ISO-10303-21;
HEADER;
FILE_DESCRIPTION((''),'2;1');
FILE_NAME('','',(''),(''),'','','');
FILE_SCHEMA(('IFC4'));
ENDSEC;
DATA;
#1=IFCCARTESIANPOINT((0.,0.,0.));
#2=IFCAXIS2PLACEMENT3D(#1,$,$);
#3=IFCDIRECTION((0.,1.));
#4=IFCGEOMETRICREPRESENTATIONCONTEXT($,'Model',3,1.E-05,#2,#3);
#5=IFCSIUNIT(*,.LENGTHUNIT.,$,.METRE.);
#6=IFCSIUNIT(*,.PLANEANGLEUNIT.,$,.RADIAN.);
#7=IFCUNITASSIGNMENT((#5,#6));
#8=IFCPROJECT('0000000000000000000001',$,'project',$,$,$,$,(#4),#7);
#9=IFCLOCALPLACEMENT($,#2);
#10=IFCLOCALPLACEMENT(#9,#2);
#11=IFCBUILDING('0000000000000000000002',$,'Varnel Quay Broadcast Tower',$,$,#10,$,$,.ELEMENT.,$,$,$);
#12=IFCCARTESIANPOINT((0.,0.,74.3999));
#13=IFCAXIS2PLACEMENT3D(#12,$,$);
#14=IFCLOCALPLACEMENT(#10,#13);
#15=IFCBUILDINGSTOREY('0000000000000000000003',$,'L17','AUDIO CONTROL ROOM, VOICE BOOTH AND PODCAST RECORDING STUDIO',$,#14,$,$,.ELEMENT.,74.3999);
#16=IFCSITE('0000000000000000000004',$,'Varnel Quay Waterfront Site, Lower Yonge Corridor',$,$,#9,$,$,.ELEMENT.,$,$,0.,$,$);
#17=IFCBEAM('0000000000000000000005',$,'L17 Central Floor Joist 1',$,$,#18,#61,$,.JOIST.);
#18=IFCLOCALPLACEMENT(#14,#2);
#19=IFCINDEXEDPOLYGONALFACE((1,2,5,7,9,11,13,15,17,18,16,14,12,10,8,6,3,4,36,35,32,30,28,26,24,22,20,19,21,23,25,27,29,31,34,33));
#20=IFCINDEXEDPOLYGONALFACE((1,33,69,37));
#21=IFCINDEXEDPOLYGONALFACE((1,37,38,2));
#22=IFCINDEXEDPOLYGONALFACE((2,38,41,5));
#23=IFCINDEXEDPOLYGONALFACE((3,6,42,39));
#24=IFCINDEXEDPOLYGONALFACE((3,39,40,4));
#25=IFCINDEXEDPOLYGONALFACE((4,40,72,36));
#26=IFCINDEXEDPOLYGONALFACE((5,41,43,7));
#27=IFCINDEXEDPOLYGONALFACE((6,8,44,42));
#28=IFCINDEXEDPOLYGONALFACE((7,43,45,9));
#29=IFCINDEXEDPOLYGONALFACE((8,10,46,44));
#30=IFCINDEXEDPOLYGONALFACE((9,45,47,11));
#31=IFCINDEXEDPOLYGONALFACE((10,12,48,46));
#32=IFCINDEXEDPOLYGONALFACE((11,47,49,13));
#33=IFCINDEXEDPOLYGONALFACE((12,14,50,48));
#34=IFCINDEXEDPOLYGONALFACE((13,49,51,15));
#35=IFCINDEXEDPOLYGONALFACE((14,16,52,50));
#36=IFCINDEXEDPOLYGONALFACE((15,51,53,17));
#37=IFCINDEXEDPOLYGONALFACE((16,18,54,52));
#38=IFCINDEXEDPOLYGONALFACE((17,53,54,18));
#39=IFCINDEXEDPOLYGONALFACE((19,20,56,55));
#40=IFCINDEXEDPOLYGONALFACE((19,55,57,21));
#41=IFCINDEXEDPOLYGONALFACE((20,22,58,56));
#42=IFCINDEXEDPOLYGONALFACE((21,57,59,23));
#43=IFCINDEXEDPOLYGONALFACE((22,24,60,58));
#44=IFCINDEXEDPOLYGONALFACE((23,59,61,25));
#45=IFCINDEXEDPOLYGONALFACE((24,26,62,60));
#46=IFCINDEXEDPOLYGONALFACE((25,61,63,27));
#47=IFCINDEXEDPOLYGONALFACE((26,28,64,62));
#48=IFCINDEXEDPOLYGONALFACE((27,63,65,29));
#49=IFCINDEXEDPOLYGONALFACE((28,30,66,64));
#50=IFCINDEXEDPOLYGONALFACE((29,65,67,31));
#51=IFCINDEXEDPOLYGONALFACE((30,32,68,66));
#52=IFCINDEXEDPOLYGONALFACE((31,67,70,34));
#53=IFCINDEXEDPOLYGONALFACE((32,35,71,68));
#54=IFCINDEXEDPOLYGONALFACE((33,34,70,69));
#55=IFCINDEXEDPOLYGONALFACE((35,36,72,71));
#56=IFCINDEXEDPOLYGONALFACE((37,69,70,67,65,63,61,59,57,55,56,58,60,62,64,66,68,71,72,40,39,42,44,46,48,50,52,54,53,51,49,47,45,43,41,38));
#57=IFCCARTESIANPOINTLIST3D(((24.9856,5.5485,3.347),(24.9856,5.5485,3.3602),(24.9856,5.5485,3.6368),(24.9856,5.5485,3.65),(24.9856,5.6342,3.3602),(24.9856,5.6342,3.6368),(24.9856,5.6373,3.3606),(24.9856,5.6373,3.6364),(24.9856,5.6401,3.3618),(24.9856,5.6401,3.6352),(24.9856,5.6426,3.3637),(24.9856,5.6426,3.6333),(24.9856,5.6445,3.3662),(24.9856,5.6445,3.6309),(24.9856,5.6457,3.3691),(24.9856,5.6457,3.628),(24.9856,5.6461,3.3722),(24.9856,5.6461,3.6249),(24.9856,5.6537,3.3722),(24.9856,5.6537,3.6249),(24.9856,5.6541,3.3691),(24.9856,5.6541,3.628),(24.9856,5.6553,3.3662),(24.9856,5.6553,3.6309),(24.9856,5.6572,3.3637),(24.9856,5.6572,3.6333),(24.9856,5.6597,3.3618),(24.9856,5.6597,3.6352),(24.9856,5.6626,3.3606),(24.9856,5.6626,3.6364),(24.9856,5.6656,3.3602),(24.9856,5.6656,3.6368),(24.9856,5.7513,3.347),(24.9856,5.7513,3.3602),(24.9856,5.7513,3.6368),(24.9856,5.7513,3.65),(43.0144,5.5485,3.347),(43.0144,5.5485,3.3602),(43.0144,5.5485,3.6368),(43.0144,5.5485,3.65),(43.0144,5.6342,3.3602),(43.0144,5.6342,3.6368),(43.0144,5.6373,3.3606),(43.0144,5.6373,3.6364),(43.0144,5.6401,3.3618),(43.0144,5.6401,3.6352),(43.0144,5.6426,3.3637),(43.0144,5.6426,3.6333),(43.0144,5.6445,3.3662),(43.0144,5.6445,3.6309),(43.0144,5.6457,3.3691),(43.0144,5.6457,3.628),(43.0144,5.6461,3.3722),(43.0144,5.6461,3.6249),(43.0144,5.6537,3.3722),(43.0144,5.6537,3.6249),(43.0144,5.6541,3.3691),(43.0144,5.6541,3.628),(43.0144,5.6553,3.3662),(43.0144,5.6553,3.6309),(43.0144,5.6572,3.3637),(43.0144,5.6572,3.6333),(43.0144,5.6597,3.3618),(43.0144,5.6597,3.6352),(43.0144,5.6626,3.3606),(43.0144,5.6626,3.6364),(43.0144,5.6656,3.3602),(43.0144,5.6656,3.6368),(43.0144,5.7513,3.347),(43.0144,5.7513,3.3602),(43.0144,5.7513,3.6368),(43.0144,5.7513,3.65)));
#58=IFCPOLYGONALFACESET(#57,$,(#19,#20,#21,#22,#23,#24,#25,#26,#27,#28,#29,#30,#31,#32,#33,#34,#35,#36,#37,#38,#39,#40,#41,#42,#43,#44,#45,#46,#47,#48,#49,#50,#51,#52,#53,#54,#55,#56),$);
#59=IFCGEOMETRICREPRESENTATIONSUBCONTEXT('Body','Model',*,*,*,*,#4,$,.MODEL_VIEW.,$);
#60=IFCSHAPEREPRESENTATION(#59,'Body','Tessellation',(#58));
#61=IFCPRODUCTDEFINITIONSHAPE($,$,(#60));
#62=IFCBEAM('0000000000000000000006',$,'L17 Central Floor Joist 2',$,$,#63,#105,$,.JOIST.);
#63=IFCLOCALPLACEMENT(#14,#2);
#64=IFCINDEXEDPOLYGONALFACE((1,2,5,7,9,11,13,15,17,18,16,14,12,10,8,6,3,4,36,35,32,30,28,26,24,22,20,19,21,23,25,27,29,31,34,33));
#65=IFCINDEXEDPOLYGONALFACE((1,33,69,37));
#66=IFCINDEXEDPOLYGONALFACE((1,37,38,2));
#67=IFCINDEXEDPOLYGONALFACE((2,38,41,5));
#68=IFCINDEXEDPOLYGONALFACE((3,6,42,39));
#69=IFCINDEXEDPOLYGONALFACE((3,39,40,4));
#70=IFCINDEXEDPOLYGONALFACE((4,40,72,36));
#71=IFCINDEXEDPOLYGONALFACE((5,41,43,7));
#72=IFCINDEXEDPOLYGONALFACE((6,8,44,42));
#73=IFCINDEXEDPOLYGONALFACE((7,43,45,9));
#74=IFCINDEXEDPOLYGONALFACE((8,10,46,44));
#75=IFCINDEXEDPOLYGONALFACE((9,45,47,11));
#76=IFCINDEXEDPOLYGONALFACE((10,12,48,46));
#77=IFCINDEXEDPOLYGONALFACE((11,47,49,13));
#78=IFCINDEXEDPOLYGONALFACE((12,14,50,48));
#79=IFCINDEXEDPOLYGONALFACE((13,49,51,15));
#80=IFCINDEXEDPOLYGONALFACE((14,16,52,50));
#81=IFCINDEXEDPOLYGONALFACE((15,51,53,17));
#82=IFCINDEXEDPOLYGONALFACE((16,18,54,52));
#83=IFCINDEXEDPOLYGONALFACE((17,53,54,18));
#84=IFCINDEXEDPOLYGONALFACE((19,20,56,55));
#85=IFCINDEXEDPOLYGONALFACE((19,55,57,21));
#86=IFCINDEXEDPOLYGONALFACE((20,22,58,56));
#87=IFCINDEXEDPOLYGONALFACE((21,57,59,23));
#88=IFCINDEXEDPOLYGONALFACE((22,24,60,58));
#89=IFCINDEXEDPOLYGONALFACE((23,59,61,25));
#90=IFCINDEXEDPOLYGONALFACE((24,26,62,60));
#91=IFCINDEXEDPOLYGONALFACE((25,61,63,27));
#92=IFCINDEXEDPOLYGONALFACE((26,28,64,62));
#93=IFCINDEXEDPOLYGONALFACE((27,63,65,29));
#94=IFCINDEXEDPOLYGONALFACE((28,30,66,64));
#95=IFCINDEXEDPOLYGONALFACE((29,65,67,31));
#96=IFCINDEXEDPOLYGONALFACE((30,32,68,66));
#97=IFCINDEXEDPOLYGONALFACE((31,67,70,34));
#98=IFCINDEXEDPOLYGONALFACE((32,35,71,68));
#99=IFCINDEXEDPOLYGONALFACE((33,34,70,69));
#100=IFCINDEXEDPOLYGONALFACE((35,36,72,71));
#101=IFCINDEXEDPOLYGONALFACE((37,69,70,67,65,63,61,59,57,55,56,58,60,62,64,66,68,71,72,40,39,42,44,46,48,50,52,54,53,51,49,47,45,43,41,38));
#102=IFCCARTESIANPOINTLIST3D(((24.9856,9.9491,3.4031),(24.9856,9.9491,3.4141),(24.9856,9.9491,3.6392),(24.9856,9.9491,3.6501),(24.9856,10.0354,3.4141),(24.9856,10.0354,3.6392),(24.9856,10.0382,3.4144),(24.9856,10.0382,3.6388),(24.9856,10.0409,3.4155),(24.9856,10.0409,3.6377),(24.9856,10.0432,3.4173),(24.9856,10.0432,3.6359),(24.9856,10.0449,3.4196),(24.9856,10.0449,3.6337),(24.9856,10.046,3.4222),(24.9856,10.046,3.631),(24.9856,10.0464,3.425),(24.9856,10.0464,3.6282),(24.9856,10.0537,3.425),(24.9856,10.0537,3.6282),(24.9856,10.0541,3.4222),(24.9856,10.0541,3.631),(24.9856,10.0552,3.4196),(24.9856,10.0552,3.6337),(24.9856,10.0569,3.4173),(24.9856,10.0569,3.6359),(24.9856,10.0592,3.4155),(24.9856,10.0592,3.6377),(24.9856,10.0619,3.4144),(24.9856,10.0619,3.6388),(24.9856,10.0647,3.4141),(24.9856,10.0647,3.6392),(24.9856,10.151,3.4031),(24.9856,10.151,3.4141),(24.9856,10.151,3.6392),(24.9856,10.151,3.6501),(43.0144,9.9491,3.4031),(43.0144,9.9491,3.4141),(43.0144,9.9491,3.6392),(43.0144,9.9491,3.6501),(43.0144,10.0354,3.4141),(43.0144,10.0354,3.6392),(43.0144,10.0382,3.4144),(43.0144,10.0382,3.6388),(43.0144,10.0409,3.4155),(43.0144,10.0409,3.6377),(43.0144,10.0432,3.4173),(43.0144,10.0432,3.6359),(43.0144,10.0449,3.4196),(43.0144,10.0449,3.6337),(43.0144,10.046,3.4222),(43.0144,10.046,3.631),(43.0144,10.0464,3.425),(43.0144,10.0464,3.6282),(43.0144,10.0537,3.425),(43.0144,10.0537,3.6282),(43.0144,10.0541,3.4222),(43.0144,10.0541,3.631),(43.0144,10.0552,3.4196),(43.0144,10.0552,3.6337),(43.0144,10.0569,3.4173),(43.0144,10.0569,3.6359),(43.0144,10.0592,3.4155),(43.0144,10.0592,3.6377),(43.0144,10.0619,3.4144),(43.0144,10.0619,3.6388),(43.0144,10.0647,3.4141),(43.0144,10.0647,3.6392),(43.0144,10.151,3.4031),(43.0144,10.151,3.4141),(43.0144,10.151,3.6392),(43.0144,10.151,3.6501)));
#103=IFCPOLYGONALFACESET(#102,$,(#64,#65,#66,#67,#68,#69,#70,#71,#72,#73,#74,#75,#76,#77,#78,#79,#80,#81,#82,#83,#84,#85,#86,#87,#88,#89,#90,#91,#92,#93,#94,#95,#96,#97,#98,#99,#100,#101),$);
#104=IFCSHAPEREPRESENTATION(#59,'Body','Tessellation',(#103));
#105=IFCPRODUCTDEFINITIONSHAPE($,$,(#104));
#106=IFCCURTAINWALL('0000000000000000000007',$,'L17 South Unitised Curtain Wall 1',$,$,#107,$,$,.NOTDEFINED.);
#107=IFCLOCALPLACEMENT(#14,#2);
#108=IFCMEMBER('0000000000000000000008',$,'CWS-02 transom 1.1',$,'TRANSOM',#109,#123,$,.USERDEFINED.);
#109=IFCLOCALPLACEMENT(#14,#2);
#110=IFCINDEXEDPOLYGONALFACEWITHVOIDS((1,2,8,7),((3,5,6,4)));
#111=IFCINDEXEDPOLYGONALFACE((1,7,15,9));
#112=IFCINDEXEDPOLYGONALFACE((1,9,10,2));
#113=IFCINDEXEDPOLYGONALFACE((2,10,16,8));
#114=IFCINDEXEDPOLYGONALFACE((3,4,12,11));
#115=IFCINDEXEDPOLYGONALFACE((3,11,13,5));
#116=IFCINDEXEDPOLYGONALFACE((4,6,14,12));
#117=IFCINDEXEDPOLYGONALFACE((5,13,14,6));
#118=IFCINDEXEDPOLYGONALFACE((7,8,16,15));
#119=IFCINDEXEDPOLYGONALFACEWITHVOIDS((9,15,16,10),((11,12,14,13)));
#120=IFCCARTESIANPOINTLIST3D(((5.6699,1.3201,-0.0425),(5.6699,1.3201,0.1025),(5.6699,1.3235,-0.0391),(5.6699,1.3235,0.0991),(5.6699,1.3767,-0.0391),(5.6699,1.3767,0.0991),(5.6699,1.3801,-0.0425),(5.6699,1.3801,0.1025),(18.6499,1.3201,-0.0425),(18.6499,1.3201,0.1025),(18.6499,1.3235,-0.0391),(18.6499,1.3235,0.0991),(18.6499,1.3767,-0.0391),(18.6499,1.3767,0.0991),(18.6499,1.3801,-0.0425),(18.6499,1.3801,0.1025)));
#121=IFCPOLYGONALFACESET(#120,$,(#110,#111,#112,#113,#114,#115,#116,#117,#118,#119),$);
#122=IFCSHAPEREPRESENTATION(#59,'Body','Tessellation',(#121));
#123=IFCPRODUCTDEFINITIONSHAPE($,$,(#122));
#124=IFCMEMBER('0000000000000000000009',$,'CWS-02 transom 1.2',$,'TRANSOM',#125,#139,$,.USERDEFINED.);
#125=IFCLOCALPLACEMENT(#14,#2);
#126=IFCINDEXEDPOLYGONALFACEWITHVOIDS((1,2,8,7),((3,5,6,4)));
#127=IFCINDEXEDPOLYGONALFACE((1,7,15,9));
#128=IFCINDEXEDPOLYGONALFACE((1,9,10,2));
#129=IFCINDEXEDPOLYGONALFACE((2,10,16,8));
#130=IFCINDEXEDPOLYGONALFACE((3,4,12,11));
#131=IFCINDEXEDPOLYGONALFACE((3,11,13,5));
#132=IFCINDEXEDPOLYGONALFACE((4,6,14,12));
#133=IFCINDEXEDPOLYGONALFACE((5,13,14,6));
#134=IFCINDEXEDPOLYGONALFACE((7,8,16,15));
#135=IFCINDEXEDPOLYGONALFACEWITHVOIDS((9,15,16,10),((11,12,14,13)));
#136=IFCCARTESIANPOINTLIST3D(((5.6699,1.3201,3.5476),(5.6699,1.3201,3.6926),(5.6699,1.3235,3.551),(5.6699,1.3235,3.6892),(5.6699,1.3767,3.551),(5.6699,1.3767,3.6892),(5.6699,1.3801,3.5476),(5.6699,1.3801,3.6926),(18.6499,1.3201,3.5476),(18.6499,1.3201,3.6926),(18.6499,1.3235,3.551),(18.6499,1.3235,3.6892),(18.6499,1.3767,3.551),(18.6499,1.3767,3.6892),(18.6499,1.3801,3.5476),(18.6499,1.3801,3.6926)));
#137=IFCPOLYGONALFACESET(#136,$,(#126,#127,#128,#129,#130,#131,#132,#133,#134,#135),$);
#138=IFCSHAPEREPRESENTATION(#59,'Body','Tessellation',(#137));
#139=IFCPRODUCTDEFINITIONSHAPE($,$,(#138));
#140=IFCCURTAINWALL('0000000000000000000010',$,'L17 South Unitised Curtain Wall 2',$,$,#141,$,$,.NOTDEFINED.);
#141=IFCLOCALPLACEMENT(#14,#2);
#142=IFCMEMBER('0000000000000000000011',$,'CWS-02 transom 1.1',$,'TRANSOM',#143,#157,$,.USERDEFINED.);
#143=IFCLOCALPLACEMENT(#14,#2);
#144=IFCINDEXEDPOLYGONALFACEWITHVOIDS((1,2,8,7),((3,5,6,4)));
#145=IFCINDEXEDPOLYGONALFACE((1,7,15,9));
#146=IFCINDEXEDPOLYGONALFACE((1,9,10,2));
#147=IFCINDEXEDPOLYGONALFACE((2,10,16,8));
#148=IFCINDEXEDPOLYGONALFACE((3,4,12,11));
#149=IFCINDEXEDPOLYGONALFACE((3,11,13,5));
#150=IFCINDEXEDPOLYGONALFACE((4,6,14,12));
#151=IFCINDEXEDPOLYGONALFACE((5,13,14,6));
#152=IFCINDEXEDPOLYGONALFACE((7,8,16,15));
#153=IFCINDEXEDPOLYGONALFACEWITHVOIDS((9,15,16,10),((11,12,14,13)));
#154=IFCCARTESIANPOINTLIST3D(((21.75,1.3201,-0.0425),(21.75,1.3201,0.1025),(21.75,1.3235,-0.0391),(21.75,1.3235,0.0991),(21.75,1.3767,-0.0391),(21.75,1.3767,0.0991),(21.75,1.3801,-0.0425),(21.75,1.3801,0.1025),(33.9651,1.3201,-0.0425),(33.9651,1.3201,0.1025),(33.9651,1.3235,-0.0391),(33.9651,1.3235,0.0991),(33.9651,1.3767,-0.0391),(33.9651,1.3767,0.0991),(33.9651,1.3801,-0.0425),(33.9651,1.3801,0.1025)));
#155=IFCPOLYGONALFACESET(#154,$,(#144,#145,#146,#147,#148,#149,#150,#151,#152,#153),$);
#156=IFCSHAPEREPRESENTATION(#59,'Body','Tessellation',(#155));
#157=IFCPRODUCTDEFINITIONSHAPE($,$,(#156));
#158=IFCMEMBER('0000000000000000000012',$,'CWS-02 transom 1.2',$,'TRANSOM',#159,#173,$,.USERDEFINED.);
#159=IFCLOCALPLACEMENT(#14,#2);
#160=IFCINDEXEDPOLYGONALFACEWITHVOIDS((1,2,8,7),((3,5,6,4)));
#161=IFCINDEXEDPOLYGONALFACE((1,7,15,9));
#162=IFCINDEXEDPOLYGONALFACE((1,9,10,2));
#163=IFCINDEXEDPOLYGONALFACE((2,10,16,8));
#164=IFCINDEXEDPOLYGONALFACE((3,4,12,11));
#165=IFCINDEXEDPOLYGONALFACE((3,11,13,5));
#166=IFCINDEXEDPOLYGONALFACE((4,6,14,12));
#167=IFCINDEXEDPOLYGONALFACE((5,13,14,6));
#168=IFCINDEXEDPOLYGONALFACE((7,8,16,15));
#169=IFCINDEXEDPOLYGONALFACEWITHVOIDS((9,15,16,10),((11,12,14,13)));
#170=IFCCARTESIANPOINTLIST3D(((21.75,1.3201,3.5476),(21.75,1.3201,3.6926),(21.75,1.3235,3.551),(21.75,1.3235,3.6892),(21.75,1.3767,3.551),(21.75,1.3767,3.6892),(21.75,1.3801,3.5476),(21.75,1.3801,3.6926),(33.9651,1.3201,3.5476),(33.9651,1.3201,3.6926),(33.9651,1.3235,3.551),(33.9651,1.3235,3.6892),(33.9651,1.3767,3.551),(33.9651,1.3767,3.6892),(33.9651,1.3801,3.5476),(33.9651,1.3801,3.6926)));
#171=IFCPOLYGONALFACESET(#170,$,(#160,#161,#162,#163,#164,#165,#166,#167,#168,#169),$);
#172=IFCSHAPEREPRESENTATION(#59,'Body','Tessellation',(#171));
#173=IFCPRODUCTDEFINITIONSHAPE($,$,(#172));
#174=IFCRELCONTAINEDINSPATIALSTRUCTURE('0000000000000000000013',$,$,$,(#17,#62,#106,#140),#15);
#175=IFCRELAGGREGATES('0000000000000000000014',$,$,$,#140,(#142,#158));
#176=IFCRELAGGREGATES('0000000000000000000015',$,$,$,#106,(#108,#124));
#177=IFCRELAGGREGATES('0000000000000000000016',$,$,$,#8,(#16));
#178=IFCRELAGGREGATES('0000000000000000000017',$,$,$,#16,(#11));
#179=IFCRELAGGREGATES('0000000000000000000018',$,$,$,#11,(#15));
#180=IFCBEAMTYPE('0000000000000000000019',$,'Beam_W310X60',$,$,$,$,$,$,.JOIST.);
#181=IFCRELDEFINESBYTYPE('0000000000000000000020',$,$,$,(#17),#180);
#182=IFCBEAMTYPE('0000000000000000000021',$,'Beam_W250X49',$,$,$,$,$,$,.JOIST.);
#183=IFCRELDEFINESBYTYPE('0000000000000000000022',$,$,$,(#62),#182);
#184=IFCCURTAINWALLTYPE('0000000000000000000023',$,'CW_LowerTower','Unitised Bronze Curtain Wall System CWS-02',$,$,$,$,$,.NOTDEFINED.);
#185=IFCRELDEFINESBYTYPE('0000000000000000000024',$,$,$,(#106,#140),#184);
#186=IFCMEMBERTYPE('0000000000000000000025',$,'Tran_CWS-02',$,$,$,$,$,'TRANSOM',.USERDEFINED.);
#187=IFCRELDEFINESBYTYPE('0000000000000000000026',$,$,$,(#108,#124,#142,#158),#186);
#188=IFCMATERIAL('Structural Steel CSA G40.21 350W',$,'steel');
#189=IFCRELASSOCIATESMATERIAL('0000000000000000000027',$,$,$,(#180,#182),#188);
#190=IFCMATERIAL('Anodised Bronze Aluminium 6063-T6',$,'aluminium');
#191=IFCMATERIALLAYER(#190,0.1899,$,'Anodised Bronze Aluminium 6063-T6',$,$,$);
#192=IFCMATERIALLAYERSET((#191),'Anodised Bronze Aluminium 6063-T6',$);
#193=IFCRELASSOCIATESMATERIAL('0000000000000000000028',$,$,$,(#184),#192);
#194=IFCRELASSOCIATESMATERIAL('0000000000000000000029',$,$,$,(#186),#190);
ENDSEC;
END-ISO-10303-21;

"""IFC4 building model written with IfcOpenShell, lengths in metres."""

from ifc_helpers import new_model, si_unit, direction, frame, origin, origin_2d, place, context, subcontext, project, spatial, hollow_rectangle, i_section, extrude, source, transform, mapped, material, layer, layer_set, material_profile, profile_set, type_object, type_shapes, element, aggregate, save


model = new_model("IFC4")

# Units and contexts
model_context = context("Model", 3, precision=1e-05, world=origin(), true_north=direction((0.0, 1.0)))
body_context = subcontext(model_context, "Body", "Model", "MODEL_VIEW")
ifc_project = project(units=[si_unit("LENGTHUNIT", "METRE"), si_unit("PLANEANGLEUNIT", "RADIAN")], contexts=[model_context])

# Site, building, storey
site_placement = place(None, origin())
site = spatial("IfcSite", under=ifc_project, at=site_placement, Name="Varnel Quay Waterfront Site, Lower Yonge Corridor", CompositionType="ELEMENT", RefElevation=0.0)
building_placement = place(site_placement, origin())
building = spatial("IfcBuilding", under=site, at=building_placement, Name="Varnel Quay Broadcast Tower", CompositionType="ELEMENT")
storey_placement = place(building_placement, frame((0.0, 0.0, 74.3999)))
storey = spatial("IfcBuildingStorey", under=building, at=storey_placement, Name="L17", Description="AUDIO CONTROL ROOM, VOICE BOOTH AND PODCAST RECORDING STUDIO", CompositionType="ELEMENT", Elevation=74.3999)

# Shared definitions
ifc_material_1 = material(Name="Structural Steel CSA G40.21 350W", Category="steel")

# Beams
ifc_material_profile_1 = material_profile(ifc_material_1, i_section(OverallWidth=0.2029, OverallDepth=0.303, WebThickness=0.0076, FlangeThickness=0.0132, FilletRadius=0.012, at=origin_2d()), Name="W310X60")
ifc_profile_set_1 = profile_set([ifc_material_profile_1], Name="Structural Steel CSA G40.21 350W")
beam_type_1 = type_object("IfcBeamType", Name="Beam_W310X60", PredefinedType="JOIST", material=ifc_profile_set_1)
shared_shape_1 = source(origin(), body_context, "Body", "SweptSolid", [
    extrude(i_section(OverallWidth=0.2029, OverallDepth=0.303, WebThickness=0.0076, FlangeThickness=0.0132, FilletRadius=0.012, at=origin_2d()), origin(), (0.0, 0.0, 1.0), 18.0288),
])
type_shapes(beam_type_1, [shared_shape_1])
beam_1_placement = place(storey_placement, frame((24.9856, 5.6499, 3.4985), z_axis=(1.0, 0.0, 0.0), x_axis=(0.0, 1.0, 0.0)))
element("IfcBeam", 1, at=beam_1_placement, inside=storey, type_object=beam_type_1, Name="L17 Central Floor Joist 1", PredefinedType="JOIST", context=body_context, shape_type="MappedRepresentation", body=[
    mapped(shared_shape_1, transform((0.0, 0.0, 0.0), x_axis=(1.0, 0.0, 0.0), y_axis=(0.0, 1.0, 0.0), z_axis=(0.0, 0.0, 1.0), scale=1.0)),
])
ifc_material_profile_2 = material_profile(ifc_material_1, i_section(OverallWidth=0.2019, OverallDepth=0.2471, WebThickness=0.0073, FlangeThickness=0.011, FilletRadius=0.011, at=origin_2d()), Name="W250X49")
ifc_profile_set_2 = profile_set([ifc_material_profile_2], Name="Structural Steel CSA G40.21 350W")
beam_type_2 = type_object("IfcBeamType", Name="Beam_W250X49", PredefinedType="JOIST", material=ifc_profile_set_2)
shared_shape_2 = source(origin(), body_context, "Body", "SweptSolid", [
    extrude(i_section(OverallWidth=0.2019, OverallDepth=0.2471, WebThickness=0.0073, FlangeThickness=0.011, FilletRadius=0.011, at=origin_2d()), origin(), (0.0, 0.0, 1.0), 18.0288),
])
type_shapes(beam_type_2, [shared_shape_2])
beam_2_placement = place(storey_placement, frame((24.9856, 10.05, 3.5266), z_axis=(1.0, 0.0, 0.0), x_axis=(0.0, 1.0, 0.0)))
element("IfcBeam", 2, at=beam_2_placement, inside=storey, type_object=beam_type_2, Name="L17 Central Floor Joist 2", PredefinedType="JOIST", context=body_context, shape_type="MappedRepresentation", body=[
    mapped(shared_shape_2, transform((0.0, 0.0, 0.0), x_axis=(1.0, 0.0, 0.0), y_axis=(0.0, 1.0, 0.0), z_axis=(0.0, 0.0, 1.0), scale=1.0)),
])

# Curtain walls, members
ifc_material_2 = material(Name="Anodised Bronze Aluminium 6063-T6", Category="aluminium")
ifc_layer_1 = layer(ifc_material_2, 0.1899, Name="Anodised Bronze Aluminium 6063-T6")
ifc_layer_set_1 = layer_set([ifc_layer_1], Name="Anodised Bronze Aluminium 6063-T6")
curtain_wall_type_1 = type_object("IfcCurtainWallType", Name="CW_LowerTower", Description="Unitised Bronze Curtain Wall System CWS-02", PredefinedType="NOTDEFINED", material=ifc_layer_set_1)
curtain_wall_1_placement = place(storey_placement, origin())
curtain_wall_1 = element("IfcCurtainWall", 3, at=curtain_wall_1_placement, inside=storey, type_object=curtain_wall_type_1, Name="L17 South Unitised Curtain Wall 1", PredefinedType="NOTDEFINED")
ifc_material_profile_3 = material_profile(ifc_material_2, hollow_rectangle(XDim=0.0601, YDim=0.145, WallThickness=0.0034, at=origin_2d()), Name="ALU60X145X3.5")
ifc_profile_set_3 = profile_set([ifc_material_profile_3], Name="Anodised Bronze Aluminium 6063-T6")
member_type_1 = type_object("IfcMemberType", Name="Tran_CWS-02", ElementType="TRANSOM", PredefinedType="USERDEFINED", material=ifc_profile_set_3)
shared_shape_3 = source(origin(), body_context, "Body", "SweptSolid", [
    extrude(hollow_rectangle(XDim=0.0601, YDim=0.145, WallThickness=0.0034, at=origin_2d()), origin(), (0.0, 0.0, 1.0), 12.98),
])
member_1_placement = place(storey_placement, frame((5.6699, 1.3501, 0.03), z_axis=(1.0, 0.0, 0.0), x_axis=(0.0, 1.0, 0.0)))
member_1 = element("IfcMember", 4, at=member_1_placement, type_object=member_type_1, Name="CWS-02 transom 1.1", ObjectType="TRANSOM", PredefinedType="USERDEFINED", context=body_context, shape_type="MappedRepresentation", body=[
    mapped(shared_shape_3, transform((0.0, 0.0, 0.0), x_axis=(1.0, 0.0, 0.0), y_axis=(0.0, 1.0, 0.0), z_axis=(0.0, 0.0, 1.0), scale=1.0)),
])
member_2_placement = place(storey_placement, frame((5.6699, 1.3501, 3.6201), z_axis=(1.0, 0.0, 0.0), x_axis=(0.0, 1.0, 0.0)))
member_2 = element("IfcMember", 5, at=member_2_placement, type_object=member_type_1, Name="CWS-02 transom 1.2", ObjectType="TRANSOM", PredefinedType="USERDEFINED", context=body_context, shape_type="MappedRepresentation", body=[
    mapped(shared_shape_3, transform((0.0, 0.0, 0.0), x_axis=(1.0, 0.0, 0.0), y_axis=(0.0, 1.0, 0.0), z_axis=(0.0, 0.0, 1.0), scale=1.0)),
])
curtain_wall_2_placement = place(storey_placement, origin())
curtain_wall_2 = element("IfcCurtainWall", 6, at=curtain_wall_2_placement, inside=storey, type_object=curtain_wall_type_1, Name="L17 South Unitised Curtain Wall 2", PredefinedType="NOTDEFINED")
shared_shape_4 = source(origin(), body_context, "Body", "SweptSolid", [
    extrude(hollow_rectangle(XDim=0.0601, YDim=0.145, WallThickness=0.0034, at=origin_2d()), origin(), (0.0, 0.0, 1.0), 12.2151),
])
type_shapes(member_type_1, [shared_shape_3, shared_shape_4])
member_3_placement = place(storey_placement, frame((21.75, 1.3501, 0.03), z_axis=(1.0, 0.0, 0.0), x_axis=(0.0, 1.0, 0.0)))
member_3 = element("IfcMember", 7, at=member_3_placement, type_object=member_type_1, Name="CWS-02 transom 1.1", ObjectType="TRANSOM", PredefinedType="USERDEFINED", context=body_context, shape_type="MappedRepresentation", body=[
    mapped(shared_shape_4, transform((0.0, 0.0, 0.0), x_axis=(1.0, 0.0, 0.0), y_axis=(0.0, 1.0, 0.0), z_axis=(0.0, 0.0, 1.0), scale=1.0)),
])
member_4_placement = place(storey_placement, frame((21.75, 1.3501, 3.6201), z_axis=(1.0, 0.0, 0.0), x_axis=(0.0, 1.0, 0.0)))
member_4 = element("IfcMember", 8, at=member_4_placement, type_object=member_type_1, Name="CWS-02 transom 1.2", ObjectType="TRANSOM", PredefinedType="USERDEFINED", context=body_context, shape_type="MappedRepresentation", body=[
    mapped(shared_shape_4, transform((0.0, 0.0, 0.0), x_axis=(1.0, 0.0, 0.0), y_axis=(0.0, 1.0, 0.0), z_axis=(0.0, 0.0, 1.0), scale=1.0)),
])

aggregate(curtain_wall_2, [member_3, member_4])

aggregate(curtain_wall_1, [member_1, member_2])

save(model, "model.ifc")
